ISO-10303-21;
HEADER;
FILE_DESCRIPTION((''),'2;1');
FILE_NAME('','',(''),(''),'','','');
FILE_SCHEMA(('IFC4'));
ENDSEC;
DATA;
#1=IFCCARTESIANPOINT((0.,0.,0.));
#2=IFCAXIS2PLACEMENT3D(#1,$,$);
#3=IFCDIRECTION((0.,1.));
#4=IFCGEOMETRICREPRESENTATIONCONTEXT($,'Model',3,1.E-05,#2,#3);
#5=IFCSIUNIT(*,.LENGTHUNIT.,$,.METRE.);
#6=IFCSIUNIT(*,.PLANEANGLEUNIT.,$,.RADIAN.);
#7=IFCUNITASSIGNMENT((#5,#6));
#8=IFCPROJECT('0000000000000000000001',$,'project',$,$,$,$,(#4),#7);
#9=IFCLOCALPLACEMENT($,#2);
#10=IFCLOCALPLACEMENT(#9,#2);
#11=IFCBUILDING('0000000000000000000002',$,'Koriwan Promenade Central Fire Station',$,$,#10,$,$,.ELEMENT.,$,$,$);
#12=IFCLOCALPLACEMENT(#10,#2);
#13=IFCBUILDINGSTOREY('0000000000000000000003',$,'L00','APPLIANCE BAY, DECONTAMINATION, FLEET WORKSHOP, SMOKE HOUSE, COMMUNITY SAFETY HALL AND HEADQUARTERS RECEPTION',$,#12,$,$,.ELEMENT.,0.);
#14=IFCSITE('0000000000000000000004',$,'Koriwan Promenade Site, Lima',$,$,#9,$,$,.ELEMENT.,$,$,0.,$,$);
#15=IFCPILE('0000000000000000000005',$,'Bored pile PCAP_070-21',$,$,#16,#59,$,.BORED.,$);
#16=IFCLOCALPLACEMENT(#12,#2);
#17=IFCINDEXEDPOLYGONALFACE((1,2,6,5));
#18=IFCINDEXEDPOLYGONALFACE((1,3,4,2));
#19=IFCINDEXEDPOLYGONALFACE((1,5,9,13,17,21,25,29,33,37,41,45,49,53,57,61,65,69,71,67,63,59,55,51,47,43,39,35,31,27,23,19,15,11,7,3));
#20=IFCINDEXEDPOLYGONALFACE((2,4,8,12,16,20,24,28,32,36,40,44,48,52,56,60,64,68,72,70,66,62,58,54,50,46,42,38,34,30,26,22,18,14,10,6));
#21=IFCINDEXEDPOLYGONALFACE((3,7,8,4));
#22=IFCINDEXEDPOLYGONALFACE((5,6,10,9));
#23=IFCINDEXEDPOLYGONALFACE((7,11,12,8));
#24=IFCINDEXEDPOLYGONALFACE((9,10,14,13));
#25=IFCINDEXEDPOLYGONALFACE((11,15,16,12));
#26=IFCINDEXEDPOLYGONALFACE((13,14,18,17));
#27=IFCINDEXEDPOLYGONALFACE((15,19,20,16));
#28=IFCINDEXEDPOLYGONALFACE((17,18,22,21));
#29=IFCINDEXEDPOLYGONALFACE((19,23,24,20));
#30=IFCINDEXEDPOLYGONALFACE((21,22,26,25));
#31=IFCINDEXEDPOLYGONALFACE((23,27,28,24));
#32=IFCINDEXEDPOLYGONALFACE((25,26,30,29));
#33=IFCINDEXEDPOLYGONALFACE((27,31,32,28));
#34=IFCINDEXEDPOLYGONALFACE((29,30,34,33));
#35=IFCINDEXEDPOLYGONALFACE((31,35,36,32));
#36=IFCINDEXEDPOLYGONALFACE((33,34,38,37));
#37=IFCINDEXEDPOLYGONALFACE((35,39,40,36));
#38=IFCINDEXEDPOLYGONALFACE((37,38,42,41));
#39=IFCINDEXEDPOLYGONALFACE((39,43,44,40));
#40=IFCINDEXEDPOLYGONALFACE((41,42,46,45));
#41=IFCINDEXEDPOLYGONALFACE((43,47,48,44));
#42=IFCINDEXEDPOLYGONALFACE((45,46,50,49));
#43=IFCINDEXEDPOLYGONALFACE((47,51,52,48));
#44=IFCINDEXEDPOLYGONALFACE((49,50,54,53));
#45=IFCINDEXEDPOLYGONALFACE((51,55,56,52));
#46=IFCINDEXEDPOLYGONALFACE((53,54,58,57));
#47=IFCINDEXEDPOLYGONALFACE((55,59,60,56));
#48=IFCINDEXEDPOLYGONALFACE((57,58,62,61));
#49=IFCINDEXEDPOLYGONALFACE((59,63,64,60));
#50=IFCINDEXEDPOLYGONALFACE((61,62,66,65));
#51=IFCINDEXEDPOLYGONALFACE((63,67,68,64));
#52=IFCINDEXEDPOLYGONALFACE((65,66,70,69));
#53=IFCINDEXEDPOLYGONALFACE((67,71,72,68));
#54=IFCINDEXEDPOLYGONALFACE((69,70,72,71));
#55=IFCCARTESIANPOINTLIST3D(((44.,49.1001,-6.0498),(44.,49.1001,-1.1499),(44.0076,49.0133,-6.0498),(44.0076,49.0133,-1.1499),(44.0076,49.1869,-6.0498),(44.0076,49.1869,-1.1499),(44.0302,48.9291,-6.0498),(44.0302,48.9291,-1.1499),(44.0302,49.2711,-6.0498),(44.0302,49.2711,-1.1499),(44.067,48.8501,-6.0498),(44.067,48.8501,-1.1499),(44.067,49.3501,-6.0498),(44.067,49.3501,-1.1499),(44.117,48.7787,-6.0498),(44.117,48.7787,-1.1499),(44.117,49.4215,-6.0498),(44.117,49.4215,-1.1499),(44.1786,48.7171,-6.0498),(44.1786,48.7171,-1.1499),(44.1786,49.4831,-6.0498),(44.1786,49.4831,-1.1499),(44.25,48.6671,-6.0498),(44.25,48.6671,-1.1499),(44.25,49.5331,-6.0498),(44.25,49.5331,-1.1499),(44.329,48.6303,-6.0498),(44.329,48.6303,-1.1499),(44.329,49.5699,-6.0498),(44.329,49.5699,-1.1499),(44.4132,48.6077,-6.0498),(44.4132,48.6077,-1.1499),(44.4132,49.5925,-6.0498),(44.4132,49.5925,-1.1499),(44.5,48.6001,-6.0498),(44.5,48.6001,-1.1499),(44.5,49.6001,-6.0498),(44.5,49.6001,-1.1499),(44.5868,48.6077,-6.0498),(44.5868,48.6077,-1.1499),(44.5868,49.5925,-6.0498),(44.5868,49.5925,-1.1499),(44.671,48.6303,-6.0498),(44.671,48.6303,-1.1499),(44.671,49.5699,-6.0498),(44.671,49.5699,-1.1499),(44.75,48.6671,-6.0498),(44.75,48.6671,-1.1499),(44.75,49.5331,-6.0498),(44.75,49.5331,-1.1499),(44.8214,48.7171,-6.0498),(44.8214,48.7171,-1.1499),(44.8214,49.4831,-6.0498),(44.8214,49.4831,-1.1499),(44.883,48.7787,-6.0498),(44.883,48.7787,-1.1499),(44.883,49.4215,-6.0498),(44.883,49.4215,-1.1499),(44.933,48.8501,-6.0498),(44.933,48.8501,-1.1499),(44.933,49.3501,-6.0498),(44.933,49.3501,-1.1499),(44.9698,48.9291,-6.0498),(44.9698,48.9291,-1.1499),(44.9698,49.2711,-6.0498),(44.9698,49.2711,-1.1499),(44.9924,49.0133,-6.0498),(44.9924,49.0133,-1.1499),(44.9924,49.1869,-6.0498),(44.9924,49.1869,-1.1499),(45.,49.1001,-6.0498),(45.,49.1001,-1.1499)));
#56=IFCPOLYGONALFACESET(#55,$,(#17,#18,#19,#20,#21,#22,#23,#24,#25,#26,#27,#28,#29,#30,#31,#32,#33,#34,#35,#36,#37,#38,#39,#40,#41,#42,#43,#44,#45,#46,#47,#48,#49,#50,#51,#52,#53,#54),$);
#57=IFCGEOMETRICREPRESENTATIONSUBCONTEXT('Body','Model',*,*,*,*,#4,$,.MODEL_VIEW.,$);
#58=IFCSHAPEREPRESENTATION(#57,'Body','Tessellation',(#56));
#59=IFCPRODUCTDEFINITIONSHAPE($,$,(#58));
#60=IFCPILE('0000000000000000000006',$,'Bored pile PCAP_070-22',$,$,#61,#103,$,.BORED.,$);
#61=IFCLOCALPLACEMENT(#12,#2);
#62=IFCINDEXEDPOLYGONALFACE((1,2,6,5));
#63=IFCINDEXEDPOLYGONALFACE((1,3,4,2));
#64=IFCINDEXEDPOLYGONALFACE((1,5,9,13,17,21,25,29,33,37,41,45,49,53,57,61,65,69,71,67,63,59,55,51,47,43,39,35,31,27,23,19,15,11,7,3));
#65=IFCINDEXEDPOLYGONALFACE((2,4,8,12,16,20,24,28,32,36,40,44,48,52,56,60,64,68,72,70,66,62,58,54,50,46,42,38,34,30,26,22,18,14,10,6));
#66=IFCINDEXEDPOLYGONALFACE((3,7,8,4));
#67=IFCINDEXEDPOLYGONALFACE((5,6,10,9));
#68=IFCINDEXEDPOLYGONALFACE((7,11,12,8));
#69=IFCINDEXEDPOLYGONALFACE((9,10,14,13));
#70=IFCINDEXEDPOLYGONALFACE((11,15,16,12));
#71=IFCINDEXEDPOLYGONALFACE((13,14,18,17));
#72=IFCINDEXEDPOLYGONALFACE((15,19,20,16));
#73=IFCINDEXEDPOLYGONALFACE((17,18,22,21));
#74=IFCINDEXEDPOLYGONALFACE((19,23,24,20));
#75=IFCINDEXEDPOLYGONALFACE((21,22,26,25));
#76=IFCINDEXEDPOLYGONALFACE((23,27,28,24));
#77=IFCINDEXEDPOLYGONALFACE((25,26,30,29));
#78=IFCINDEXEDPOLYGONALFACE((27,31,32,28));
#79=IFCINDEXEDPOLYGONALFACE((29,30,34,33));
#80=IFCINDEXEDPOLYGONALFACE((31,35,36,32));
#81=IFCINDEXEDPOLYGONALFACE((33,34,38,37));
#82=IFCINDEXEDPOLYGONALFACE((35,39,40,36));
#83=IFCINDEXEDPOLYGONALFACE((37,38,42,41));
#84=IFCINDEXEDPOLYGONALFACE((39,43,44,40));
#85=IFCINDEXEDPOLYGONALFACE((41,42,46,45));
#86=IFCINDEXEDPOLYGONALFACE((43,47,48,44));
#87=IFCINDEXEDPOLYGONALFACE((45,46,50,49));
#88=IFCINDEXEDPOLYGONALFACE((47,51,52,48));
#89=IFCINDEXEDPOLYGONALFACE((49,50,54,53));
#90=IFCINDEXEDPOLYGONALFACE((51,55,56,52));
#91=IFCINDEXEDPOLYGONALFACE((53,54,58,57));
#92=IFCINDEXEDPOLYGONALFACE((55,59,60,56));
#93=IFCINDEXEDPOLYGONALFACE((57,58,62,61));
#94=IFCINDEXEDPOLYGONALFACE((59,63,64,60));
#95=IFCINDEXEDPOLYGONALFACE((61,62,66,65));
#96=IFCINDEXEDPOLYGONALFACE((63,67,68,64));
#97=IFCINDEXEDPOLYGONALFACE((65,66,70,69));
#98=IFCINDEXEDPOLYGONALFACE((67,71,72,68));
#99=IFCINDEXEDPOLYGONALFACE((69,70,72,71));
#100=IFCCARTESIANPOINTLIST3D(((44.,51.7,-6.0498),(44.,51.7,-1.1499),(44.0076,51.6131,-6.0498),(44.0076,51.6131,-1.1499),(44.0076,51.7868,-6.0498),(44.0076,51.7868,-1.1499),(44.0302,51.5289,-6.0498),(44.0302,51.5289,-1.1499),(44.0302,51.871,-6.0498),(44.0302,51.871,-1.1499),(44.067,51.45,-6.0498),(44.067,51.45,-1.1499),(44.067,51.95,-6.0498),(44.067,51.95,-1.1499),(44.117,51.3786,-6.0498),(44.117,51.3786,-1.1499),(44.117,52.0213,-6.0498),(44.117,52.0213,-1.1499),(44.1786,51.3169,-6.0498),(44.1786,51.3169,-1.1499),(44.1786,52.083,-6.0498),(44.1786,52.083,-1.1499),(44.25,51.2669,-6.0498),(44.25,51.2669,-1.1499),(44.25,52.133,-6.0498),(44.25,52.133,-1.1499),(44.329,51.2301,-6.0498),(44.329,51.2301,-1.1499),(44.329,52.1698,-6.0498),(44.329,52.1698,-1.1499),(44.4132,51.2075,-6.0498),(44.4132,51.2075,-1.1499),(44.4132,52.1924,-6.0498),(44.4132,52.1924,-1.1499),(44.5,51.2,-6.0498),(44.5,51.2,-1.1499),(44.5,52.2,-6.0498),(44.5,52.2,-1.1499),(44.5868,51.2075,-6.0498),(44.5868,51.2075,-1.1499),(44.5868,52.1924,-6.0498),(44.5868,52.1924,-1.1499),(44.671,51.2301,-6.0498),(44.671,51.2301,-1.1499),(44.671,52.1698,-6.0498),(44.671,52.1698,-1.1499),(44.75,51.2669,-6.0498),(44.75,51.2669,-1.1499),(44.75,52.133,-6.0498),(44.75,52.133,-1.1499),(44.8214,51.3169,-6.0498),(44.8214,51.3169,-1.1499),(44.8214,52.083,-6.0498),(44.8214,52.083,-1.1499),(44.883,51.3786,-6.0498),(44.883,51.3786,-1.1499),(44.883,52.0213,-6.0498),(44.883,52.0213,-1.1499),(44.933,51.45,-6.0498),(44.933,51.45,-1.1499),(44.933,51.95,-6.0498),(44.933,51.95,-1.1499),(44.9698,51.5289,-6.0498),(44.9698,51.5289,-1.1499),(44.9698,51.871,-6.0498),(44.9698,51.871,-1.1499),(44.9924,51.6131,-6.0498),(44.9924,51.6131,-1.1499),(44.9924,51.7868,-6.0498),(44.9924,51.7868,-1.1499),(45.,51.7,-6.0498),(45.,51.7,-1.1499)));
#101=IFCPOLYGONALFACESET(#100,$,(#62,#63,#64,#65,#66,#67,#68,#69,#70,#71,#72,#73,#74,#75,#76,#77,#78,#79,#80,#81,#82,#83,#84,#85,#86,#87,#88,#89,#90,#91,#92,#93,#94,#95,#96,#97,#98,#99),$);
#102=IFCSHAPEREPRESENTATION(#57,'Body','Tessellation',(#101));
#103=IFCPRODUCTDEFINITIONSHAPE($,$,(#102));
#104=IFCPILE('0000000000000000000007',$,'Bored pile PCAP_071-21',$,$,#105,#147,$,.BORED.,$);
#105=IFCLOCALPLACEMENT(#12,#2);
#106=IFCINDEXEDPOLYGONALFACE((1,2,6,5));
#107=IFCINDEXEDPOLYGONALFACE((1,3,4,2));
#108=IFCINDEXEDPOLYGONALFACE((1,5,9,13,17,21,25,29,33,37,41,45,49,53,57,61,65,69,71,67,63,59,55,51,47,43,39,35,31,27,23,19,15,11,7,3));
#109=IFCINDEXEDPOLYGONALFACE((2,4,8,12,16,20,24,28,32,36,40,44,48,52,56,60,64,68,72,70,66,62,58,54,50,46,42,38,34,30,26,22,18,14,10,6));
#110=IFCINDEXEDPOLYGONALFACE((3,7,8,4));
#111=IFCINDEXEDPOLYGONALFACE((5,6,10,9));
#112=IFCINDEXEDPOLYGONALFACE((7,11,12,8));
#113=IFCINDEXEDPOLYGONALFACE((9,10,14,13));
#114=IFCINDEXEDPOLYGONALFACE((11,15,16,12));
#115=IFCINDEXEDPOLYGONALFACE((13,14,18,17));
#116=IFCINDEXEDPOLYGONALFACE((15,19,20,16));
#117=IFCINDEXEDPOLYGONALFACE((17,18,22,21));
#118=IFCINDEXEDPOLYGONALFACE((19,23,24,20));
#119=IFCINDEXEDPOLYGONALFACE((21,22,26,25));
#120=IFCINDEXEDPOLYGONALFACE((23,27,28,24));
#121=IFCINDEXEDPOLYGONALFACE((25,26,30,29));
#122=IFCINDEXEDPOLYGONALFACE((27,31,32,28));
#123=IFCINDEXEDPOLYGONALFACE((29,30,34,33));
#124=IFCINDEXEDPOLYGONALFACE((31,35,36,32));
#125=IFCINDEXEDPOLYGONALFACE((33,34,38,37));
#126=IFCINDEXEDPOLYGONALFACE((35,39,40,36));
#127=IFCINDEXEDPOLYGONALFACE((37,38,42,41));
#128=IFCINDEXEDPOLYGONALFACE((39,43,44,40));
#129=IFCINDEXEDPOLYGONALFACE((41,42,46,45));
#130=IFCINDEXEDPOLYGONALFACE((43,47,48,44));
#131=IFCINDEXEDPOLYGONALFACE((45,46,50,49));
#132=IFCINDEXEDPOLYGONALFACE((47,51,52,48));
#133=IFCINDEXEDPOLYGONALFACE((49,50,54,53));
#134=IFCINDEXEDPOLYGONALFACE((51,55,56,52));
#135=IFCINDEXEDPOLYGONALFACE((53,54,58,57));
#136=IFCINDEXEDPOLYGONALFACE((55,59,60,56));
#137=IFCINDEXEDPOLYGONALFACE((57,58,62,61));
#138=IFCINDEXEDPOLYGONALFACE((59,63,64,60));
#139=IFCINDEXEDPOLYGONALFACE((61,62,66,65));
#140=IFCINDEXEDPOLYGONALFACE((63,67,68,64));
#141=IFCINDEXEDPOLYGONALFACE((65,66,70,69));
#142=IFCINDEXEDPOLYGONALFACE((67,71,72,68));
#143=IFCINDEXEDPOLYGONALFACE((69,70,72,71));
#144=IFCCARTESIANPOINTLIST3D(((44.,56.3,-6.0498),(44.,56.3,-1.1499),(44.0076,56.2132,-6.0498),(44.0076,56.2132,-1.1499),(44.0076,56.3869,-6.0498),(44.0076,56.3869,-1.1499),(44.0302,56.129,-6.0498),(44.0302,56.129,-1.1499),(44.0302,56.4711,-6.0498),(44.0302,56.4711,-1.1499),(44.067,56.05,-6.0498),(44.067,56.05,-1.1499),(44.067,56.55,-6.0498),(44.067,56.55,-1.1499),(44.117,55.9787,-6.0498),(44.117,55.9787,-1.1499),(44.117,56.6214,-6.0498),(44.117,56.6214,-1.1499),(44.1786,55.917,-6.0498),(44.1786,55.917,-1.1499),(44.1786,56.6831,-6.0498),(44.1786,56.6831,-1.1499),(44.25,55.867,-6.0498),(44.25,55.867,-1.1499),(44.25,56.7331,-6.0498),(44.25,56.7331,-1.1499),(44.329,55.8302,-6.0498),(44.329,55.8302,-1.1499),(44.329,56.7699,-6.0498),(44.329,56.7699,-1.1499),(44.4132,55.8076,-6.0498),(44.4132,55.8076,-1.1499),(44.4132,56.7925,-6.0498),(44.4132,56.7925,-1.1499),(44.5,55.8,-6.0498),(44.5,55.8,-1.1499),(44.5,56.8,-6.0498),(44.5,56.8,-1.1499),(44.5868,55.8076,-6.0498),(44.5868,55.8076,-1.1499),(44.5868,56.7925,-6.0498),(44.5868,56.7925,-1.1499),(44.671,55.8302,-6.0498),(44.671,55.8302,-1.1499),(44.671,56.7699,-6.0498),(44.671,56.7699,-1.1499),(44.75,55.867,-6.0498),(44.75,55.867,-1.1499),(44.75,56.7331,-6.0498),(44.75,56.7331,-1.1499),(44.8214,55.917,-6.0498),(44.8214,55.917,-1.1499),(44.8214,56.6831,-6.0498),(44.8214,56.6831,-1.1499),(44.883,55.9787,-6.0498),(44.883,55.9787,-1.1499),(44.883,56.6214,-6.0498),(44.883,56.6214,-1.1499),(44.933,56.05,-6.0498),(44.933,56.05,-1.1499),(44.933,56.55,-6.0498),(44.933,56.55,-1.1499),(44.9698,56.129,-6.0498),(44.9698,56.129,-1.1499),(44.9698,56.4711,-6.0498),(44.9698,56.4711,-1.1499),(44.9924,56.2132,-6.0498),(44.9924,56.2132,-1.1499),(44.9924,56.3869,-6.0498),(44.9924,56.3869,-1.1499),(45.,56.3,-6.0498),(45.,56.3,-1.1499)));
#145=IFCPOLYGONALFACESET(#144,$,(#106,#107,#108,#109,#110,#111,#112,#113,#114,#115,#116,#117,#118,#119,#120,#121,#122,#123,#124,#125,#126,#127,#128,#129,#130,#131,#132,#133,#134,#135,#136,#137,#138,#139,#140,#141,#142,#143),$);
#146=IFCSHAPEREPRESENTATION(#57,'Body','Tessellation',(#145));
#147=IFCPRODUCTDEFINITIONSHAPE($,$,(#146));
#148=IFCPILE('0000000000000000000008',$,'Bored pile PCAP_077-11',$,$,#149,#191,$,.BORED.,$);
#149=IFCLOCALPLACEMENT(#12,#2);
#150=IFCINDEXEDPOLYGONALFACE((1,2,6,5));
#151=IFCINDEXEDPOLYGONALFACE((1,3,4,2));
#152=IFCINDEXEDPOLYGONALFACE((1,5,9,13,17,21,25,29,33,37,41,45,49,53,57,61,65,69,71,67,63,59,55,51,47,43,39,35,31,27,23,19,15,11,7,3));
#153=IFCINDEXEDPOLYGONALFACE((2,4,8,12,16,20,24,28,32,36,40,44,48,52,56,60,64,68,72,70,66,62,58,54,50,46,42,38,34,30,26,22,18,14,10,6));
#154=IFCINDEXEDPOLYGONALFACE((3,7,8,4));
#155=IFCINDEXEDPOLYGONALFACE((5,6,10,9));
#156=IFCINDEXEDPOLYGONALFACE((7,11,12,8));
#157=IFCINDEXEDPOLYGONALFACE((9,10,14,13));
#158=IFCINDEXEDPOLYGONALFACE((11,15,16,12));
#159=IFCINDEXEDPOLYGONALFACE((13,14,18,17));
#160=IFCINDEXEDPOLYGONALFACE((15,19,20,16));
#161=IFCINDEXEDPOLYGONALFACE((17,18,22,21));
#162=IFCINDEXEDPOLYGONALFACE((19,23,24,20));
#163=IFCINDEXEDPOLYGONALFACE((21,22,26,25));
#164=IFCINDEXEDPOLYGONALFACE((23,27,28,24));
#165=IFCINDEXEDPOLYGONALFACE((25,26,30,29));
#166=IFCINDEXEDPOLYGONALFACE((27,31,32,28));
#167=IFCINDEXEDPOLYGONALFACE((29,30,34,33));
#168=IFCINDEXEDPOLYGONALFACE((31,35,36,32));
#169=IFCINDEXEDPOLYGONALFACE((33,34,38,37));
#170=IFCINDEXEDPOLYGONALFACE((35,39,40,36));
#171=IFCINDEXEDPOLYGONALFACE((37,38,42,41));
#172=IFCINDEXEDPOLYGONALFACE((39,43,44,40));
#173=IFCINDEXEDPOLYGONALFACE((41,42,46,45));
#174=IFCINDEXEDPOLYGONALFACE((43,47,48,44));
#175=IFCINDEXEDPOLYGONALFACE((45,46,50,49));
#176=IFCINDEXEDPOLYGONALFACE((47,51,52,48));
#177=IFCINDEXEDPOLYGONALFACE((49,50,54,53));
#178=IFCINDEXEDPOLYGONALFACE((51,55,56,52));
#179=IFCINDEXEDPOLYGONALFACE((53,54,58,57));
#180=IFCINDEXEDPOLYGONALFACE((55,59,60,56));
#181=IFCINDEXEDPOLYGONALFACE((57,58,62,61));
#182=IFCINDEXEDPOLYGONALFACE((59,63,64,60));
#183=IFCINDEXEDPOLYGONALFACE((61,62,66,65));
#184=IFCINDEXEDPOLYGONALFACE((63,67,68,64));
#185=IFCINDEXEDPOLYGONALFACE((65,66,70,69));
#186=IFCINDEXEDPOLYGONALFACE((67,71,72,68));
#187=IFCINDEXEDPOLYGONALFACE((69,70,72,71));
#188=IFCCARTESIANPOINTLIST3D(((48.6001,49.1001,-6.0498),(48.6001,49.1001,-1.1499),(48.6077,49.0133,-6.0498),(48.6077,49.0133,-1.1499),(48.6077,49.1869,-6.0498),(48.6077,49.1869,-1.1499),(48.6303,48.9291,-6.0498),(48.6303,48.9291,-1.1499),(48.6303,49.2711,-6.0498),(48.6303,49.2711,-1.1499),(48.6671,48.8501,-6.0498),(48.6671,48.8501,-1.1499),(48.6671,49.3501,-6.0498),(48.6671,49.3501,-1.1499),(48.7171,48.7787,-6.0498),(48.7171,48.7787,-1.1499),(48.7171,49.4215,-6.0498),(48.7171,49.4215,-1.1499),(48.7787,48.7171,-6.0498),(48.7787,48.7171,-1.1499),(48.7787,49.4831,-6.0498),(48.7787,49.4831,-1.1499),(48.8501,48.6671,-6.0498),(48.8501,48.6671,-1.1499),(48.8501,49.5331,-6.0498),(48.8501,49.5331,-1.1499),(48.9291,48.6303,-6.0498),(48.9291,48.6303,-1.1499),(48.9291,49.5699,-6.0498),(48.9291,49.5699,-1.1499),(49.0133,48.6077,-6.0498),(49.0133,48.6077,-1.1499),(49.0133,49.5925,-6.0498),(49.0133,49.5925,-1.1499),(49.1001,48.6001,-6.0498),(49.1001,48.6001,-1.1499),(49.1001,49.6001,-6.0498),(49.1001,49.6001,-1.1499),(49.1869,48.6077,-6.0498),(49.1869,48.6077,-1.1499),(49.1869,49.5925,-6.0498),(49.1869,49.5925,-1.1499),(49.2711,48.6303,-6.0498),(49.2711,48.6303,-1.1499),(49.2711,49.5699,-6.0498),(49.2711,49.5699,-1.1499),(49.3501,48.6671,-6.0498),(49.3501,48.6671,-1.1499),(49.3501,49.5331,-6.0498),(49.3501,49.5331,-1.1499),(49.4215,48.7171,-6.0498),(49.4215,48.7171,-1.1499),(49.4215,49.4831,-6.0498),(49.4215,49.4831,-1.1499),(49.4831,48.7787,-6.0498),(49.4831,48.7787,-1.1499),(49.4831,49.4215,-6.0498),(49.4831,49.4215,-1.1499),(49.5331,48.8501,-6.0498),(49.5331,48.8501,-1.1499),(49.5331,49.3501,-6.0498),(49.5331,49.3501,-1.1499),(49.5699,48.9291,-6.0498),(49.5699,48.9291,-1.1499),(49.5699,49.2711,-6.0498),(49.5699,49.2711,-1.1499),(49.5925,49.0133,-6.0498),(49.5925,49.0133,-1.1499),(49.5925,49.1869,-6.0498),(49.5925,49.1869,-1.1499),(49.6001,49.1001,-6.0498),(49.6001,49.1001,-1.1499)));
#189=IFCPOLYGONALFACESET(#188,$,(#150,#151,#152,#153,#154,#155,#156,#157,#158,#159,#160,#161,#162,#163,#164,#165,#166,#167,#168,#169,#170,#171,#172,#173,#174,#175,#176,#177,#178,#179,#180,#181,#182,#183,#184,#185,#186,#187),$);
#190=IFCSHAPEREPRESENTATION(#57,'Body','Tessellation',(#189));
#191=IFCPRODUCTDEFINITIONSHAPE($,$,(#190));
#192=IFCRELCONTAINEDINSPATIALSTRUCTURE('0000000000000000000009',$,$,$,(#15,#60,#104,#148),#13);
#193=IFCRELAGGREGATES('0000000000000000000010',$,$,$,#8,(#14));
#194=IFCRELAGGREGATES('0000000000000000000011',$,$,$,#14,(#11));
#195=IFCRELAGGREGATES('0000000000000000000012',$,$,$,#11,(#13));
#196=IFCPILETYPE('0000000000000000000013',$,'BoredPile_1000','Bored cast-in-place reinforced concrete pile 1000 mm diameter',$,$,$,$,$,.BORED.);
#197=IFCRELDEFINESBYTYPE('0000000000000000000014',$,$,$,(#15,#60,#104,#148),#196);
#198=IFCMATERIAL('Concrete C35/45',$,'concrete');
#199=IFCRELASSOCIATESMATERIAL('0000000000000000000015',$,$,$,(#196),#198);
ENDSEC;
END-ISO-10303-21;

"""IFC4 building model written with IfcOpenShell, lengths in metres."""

from ifc_helpers import new_model, si_unit, direction, frame, origin, origin_2d, place, context, subcontext, project, spatial, circle, extrude, material, material_profile, profile_set, type_object, element, save


model = new_model("IFC4")

# Units and contexts
model_context = context("Model", 3, precision=1e-05, world=origin(), true_north=direction((0.0, 1.0)))
body_context = subcontext(model_context, "Body", "Model", "MODEL_VIEW")
ifc_project = project(units=[si_unit("LENGTHUNIT", "METRE"), si_unit("PLANEANGLEUNIT", "RADIAN")], contexts=[model_context])

# Site, building, storey
site_placement = place(None, origin())
site = spatial("IfcSite", under=ifc_project, at=site_placement, Name="Koriwan Promenade Site, Lima", CompositionType="ELEMENT", RefElevation=0.0)
building_placement = place(site_placement, origin())
building = spatial("IfcBuilding", under=site, at=building_placement, Name="Koriwan Promenade Central Fire Station", CompositionType="ELEMENT")
storey_placement = place(building_placement, origin())
storey = spatial("IfcBuildingStorey", under=building, at=storey_placement, Name="L00", Description="APPLIANCE BAY, DECONTAMINATION, FLEET WORKSHOP, SMOKE HOUSE, COMMUNITY SAFETY HALL AND HEADQUARTERS RECEPTION", CompositionType="ELEMENT", Elevation=0.0)

# Piles
ifc_material_1 = material(Name="Concrete C35/45", Category="concrete")
ifc_material_profile_1 = material_profile(ifc_material_1, circle(Radius=0.5, at=origin_2d()), Name="PILE-D1000")
ifc_profile_set_1 = profile_set([ifc_material_profile_1], Name="Concrete C35/45")
pile_type = type_object("IfcPileType", Name="BoredPile_1000", Description="Bored cast-in-place reinforced concrete pile 1000 mm diameter", PredefinedType="BORED", material=ifc_profile_set_1)
for number, where, z_axis, x_axis, name in (
    (1, (44.5, 49.1001, -1.1499), (0.0, 0.0, -1.0), (1.0, 0.0, 0.0), "Bored pile PCAP_070-21"),
    (2, (44.5, 51.7, -1.1499), (0.0, 0.0, -1.0), (1.0, 0.0, 0.0), "Bored pile PCAP_070-22"),
    (3, (44.5, 56.3, -1.1499), (0.0, 0.0, -1.0), (1.0, 0.0, 0.0), "Bored pile PCAP_071-21"),
    (4, (49.1001, 49.1001, -1.1499), (0.0, 0.0, -1.0), (1.0, 0.0, 0.0), "Bored pile PCAP_077-11"),
):
    element("IfcPile", number, at=place(storey_placement, frame(where, z_axis=z_axis, x_axis=x_axis)), inside=storey, type_object=pile_type, Name=name, PredefinedType="BORED", context=body_context, shape_type="SweptSolid", body=[
        extrude(circle(Radius=0.5, at=origin_2d()), origin(), (0.0, 0.0, 1.0), 4.8999),
    ])

save(model, "model.ifc")
